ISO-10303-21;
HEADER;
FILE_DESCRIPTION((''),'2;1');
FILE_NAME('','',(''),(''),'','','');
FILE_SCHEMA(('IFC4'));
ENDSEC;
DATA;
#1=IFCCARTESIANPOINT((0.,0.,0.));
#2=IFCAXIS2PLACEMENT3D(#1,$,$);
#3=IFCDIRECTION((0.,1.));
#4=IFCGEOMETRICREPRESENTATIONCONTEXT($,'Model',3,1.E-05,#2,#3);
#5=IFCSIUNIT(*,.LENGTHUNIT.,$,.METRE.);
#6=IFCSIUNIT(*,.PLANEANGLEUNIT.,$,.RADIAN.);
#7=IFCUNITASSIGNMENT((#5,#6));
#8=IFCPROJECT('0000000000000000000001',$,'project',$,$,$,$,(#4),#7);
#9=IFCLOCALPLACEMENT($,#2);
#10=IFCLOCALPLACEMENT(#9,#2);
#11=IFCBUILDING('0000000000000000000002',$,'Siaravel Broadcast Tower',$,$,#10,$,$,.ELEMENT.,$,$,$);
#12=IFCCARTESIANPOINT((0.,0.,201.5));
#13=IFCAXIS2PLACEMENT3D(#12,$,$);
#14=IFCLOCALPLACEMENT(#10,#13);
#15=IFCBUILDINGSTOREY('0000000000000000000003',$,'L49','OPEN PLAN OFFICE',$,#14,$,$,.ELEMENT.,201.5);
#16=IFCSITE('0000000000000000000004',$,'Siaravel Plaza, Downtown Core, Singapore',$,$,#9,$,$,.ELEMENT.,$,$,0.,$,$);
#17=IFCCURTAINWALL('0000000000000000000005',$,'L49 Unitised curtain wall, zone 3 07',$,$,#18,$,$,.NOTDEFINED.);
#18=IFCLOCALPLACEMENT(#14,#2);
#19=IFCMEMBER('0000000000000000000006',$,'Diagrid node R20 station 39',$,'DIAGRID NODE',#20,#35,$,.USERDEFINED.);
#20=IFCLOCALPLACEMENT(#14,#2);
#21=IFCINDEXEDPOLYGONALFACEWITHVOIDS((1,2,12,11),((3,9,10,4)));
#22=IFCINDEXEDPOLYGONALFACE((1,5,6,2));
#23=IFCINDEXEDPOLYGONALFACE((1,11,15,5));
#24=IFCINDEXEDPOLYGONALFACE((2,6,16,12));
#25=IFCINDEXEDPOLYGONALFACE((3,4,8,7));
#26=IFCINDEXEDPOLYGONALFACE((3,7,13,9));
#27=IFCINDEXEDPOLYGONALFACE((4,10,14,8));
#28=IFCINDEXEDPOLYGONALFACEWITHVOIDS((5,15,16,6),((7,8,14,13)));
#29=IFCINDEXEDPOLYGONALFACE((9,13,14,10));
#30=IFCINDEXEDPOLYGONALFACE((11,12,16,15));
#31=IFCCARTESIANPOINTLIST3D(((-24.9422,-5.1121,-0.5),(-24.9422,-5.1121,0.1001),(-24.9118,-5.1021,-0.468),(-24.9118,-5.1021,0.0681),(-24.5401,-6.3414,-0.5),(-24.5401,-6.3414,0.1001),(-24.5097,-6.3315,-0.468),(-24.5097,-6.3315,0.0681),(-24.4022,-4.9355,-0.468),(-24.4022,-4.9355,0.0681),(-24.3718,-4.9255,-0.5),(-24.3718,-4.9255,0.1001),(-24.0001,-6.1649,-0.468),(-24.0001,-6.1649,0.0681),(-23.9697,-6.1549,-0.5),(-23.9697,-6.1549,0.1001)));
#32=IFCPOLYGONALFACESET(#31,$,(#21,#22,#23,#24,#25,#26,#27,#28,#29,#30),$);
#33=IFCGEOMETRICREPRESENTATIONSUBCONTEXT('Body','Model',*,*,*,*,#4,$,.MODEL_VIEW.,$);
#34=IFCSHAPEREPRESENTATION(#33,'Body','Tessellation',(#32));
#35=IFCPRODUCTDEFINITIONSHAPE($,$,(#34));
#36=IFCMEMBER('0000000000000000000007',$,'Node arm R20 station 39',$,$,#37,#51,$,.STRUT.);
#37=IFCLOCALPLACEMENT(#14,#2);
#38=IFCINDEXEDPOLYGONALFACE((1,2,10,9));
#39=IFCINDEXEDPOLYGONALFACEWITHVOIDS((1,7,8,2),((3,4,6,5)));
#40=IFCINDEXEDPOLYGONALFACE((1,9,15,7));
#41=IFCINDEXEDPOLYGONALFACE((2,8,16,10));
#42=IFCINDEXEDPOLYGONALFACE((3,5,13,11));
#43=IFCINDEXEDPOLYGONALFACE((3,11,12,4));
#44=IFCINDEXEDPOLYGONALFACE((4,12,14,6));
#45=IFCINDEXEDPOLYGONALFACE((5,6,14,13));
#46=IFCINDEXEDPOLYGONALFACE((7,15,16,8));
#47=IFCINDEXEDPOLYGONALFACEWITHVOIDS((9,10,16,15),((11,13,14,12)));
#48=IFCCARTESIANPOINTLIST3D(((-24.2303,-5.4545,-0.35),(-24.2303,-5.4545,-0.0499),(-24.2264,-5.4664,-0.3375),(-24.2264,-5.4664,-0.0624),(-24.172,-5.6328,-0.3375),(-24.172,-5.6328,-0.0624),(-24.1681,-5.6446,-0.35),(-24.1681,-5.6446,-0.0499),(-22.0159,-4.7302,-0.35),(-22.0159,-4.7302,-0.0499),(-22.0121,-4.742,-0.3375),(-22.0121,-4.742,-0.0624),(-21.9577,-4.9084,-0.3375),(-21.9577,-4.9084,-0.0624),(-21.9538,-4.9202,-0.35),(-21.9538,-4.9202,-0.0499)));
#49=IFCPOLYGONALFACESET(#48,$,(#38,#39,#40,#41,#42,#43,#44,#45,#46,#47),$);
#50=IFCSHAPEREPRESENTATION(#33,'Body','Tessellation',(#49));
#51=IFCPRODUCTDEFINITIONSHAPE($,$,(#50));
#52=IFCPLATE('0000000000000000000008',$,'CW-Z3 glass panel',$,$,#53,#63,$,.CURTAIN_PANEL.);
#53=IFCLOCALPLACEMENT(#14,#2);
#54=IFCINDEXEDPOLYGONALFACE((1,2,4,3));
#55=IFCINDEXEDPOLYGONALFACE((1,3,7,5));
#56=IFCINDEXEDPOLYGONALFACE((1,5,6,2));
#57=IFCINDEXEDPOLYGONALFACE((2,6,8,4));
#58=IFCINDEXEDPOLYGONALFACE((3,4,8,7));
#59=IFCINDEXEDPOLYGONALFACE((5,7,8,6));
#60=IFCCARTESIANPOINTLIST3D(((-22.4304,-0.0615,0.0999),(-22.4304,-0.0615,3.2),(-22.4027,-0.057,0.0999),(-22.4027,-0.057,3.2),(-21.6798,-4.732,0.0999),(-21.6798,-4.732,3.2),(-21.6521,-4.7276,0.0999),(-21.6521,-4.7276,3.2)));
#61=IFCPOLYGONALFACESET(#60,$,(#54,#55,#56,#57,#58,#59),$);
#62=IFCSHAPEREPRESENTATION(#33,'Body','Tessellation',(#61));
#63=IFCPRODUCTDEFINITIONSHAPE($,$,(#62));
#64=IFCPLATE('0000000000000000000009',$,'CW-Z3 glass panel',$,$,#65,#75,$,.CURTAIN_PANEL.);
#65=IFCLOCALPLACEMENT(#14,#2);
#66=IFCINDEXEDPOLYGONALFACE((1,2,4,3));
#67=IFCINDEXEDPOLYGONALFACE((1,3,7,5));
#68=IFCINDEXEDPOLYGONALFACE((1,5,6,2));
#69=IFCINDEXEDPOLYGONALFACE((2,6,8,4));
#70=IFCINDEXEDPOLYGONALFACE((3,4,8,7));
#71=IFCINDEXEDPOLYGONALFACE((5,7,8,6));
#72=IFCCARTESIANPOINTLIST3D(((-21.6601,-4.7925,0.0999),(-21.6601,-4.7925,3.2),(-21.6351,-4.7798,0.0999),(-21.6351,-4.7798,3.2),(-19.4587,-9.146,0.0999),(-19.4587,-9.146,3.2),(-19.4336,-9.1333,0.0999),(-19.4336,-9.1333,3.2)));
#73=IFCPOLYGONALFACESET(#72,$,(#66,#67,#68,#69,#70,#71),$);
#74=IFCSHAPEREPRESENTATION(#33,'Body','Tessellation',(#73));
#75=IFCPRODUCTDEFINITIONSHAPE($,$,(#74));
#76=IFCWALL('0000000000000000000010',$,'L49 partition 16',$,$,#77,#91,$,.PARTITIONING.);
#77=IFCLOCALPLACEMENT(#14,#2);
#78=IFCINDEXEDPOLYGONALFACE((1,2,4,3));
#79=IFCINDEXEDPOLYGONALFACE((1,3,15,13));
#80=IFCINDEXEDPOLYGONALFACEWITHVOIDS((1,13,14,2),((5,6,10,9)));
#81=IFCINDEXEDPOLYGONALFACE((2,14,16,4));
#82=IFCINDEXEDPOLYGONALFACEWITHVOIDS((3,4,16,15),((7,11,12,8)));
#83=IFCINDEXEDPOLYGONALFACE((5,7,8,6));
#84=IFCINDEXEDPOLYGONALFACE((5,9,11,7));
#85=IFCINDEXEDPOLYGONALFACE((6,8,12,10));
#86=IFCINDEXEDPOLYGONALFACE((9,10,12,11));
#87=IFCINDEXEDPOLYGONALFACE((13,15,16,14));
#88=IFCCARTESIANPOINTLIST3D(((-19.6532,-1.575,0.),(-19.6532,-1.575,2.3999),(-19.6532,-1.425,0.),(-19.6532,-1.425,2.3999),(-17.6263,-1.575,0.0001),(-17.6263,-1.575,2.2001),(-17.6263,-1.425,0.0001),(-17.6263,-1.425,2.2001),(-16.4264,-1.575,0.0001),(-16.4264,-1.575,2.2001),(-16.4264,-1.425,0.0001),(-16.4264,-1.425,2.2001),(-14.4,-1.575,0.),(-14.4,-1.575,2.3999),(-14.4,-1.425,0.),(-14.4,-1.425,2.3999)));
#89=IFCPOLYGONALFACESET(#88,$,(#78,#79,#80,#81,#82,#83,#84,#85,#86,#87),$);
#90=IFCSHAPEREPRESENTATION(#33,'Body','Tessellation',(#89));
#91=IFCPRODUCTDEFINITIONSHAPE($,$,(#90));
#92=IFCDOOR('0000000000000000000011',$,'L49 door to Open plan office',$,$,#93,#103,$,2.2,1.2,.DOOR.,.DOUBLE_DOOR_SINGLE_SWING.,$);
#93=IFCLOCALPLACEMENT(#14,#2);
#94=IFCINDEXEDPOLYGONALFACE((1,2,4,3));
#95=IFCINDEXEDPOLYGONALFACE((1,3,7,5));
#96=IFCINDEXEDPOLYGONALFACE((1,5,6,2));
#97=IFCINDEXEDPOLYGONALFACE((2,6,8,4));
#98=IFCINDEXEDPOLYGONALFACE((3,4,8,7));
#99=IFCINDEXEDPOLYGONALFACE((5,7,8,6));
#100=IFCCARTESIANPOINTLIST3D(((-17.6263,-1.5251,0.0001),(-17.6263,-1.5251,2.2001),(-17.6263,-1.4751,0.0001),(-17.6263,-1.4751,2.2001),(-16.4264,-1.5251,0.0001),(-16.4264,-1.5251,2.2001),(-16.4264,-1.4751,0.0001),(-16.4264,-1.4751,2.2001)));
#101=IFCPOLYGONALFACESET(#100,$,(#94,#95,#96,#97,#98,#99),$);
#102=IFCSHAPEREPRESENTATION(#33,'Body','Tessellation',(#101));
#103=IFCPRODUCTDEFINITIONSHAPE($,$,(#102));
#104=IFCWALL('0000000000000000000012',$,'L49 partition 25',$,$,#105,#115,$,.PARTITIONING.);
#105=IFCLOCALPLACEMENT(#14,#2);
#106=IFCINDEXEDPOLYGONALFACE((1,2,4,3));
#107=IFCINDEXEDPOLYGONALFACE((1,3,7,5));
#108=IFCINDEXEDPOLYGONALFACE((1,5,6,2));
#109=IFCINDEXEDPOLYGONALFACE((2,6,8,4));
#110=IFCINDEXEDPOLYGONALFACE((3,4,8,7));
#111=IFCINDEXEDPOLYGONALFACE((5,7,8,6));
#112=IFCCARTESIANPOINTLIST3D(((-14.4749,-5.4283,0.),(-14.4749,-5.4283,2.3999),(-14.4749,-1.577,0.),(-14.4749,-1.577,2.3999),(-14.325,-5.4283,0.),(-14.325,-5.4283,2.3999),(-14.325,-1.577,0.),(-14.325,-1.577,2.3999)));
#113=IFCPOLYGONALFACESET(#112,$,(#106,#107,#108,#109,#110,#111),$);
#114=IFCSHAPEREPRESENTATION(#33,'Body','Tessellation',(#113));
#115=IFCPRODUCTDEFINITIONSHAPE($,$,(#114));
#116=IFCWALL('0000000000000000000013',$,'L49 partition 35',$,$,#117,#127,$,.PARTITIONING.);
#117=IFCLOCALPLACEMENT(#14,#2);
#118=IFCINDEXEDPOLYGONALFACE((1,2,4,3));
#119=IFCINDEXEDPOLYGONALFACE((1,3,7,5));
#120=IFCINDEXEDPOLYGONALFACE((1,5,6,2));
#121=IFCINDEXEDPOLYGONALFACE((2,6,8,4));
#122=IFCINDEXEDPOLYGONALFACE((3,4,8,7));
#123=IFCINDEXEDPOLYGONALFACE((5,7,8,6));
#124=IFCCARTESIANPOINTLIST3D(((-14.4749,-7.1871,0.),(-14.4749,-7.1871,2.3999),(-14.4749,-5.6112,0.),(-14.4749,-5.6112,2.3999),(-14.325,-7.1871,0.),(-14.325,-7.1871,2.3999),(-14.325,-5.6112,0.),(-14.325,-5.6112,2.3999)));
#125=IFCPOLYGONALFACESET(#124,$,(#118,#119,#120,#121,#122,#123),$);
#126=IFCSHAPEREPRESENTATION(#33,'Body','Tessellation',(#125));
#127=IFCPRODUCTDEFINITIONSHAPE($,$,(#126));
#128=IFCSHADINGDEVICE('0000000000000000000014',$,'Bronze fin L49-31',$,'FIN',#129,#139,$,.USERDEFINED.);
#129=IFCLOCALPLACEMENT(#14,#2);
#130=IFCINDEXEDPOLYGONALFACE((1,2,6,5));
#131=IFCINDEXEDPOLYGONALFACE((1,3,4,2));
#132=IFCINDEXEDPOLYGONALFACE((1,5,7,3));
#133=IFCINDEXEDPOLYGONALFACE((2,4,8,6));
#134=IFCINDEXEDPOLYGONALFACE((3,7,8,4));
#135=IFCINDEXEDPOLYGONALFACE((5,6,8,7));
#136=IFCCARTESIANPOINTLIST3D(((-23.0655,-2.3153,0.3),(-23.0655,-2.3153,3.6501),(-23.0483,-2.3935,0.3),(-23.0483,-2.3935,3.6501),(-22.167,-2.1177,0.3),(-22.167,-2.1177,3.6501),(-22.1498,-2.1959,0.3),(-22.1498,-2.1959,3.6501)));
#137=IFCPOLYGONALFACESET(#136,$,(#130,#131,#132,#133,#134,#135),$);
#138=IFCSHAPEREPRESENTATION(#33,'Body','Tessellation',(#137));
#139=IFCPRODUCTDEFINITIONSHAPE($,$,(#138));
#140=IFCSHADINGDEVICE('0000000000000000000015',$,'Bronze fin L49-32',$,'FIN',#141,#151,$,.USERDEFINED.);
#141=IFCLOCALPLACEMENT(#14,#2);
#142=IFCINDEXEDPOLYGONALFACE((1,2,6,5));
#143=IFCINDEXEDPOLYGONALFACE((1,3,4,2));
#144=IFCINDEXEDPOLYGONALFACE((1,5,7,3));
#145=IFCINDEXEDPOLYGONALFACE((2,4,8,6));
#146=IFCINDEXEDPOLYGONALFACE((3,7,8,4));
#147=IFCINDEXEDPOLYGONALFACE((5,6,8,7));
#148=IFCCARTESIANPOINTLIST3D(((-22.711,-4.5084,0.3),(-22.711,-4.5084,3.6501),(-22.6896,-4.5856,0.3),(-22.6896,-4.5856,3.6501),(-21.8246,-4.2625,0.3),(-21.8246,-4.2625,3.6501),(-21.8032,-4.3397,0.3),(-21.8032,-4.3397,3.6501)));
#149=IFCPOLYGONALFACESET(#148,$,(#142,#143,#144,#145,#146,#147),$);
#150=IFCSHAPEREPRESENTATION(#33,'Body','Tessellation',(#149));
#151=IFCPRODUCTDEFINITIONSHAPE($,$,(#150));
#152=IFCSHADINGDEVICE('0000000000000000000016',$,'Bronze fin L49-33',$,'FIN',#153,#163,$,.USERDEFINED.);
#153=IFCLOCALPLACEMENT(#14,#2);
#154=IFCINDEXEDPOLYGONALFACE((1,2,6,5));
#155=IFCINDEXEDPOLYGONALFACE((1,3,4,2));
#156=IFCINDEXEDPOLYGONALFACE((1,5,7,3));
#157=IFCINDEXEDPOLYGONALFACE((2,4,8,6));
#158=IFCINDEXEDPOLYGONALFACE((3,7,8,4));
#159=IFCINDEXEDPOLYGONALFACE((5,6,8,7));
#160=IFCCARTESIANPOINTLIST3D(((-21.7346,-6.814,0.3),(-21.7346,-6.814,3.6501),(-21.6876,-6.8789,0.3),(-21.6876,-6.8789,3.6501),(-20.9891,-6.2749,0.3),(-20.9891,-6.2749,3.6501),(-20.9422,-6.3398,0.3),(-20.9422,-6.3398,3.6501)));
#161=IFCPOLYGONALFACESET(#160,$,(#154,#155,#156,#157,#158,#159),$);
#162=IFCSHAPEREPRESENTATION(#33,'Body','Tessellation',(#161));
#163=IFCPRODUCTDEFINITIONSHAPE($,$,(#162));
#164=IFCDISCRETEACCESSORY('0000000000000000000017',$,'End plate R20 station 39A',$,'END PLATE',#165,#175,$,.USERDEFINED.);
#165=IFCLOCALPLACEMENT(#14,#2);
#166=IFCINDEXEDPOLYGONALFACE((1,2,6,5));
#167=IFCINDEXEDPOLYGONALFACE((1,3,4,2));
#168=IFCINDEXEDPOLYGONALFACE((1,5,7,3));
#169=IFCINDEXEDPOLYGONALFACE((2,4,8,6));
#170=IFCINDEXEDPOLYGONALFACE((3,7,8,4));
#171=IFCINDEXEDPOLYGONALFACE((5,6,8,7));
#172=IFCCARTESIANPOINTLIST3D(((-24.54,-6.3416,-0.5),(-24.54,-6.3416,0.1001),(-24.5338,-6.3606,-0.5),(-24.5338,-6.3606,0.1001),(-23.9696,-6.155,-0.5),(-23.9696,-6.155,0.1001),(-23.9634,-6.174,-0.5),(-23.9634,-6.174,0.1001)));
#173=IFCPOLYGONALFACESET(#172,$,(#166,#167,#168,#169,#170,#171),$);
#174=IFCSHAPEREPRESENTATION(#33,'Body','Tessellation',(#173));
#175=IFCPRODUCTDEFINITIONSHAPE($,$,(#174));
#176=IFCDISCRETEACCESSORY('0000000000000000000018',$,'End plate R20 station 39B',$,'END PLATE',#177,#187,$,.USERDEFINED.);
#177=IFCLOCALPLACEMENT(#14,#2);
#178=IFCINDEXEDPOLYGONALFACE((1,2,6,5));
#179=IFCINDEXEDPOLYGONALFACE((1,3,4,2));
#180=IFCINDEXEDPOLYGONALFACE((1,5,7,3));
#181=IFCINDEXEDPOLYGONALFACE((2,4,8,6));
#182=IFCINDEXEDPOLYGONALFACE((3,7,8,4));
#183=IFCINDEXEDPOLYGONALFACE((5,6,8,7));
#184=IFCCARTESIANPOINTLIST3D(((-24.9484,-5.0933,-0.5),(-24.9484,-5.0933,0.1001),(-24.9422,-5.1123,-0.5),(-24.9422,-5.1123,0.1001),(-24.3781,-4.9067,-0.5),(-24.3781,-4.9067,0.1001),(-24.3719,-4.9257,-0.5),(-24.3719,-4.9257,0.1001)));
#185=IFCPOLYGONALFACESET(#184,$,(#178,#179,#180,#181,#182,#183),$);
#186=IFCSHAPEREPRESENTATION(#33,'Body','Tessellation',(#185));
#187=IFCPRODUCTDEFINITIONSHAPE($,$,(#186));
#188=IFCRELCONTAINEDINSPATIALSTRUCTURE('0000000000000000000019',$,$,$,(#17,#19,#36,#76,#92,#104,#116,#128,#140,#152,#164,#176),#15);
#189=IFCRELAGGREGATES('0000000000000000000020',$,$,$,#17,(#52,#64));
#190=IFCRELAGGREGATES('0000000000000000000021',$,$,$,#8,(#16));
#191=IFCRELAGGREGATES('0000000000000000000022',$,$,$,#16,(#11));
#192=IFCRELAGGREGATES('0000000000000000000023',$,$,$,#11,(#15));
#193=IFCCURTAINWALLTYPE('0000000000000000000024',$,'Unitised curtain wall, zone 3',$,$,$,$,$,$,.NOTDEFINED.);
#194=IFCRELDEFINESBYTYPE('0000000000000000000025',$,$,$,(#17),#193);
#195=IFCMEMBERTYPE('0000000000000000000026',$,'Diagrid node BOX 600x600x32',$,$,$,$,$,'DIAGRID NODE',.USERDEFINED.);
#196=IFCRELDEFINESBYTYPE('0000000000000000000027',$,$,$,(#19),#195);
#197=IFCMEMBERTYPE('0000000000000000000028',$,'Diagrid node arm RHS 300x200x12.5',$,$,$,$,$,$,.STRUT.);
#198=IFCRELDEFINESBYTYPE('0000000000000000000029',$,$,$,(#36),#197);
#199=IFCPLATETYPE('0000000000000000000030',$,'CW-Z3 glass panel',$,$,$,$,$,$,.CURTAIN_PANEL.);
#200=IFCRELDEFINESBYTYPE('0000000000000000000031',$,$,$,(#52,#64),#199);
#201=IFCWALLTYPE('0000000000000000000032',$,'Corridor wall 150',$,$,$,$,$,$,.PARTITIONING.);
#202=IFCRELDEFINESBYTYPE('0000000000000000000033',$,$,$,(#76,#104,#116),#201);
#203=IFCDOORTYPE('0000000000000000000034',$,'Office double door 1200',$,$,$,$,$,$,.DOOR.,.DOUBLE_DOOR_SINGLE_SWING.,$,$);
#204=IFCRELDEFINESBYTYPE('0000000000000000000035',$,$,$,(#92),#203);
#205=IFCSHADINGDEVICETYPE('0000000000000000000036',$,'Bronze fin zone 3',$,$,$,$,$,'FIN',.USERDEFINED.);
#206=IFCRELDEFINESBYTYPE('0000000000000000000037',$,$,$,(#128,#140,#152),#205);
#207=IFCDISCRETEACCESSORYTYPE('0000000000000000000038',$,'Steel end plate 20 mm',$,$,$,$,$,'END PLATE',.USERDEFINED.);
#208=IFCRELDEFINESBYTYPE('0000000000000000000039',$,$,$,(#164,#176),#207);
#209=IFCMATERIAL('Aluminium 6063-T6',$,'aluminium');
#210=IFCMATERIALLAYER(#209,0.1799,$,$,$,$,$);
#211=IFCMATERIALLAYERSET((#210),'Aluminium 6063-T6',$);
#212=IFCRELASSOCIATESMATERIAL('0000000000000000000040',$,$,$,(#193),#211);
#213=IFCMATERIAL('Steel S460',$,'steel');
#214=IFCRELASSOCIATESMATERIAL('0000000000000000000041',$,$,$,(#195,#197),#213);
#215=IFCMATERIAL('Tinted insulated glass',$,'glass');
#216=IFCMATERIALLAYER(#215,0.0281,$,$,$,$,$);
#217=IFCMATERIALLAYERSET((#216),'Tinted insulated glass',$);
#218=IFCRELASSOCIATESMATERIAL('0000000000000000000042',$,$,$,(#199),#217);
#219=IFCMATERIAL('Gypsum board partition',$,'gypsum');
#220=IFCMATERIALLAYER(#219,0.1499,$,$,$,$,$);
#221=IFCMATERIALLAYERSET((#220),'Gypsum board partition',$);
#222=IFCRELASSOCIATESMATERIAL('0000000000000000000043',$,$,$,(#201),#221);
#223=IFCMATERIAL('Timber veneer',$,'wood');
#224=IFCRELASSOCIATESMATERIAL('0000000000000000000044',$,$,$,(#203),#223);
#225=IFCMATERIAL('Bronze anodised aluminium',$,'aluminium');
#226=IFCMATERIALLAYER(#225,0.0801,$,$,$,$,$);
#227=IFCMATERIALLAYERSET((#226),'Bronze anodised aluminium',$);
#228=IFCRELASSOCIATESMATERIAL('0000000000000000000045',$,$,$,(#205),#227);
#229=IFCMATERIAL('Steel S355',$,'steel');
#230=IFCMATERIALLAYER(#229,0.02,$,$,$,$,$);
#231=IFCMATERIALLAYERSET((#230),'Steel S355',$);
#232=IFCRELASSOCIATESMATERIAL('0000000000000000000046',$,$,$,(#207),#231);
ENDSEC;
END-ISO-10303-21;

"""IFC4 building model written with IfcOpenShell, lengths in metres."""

from ifc_helpers import new_model, si_unit, direction, frame, frame_2d, origin, origin_2d, place, context, subcontext, project, spatial, rectangle, hollow_rectangle, extrude, material, layer, layer_set, material_profile, profile_set, type_object, element, fill, aggregate, save


model = new_model("IFC4")

# Units and contexts
model_context = context("Model", 3, precision=1e-05, world=origin(), true_north=direction((0.0, 1.0)))
body_context = subcontext(model_context, "Body", "Model", "MODEL_VIEW")
ifc_project = project(units=[si_unit("LENGTHUNIT", "METRE"), si_unit("PLANEANGLEUNIT", "RADIAN")], contexts=[model_context])

# Site, building, storey
site_placement = place(None, origin())
site = spatial("IfcSite", under=ifc_project, at=site_placement, Name="Siaravel Plaza, Downtown Core, Singapore", CompositionType="ELEMENT", RefElevation=0.0)
building_placement = place(site_placement, origin())
building = spatial("IfcBuilding", under=site, at=building_placement, Name="Siaravel Broadcast Tower", CompositionType="ELEMENT")
storey_placement = place(building_placement, frame((0.0, 0.0, 201.5)))
storey = spatial("IfcBuildingStorey", under=building, at=storey_placement, Name="L49", Description="OPEN PLAN OFFICE", CompositionType="ELEMENT", Elevation=201.5)

# Shared definitions
ifc_material_1 = material(Name="Steel S355", Category="steel")

# Curtain wall
ifc_material_2 = material(Name="Aluminium 6063-T6", Category="aluminium")
ifc_layer_1 = layer(ifc_material_2, 0.1799)
ifc_layer_set_1 = layer_set([ifc_layer_1], Name="Aluminium 6063-T6")
curtain_wall_type = type_object("IfcCurtainWallType", Name="Unitised curtain wall, zone 3", PredefinedType="NOTDEFINED", material=ifc_layer_set_1)
curtain_wall_placement = place(storey_placement, origin())
curtain_wall = element("IfcCurtainWall", 1, at=curtain_wall_placement, inside=storey, type_object=curtain_wall_type, Name="L49 Unitised curtain wall, zone 3 07", PredefinedType="NOTDEFINED")

# Members
ifc_material_3 = material(Name="Steel S460", Category="steel")
ifc_material_profile_1 = material_profile(ifc_material_3, hollow_rectangle(XDim=0.6001, YDim=0.6001, WallThickness=0.032, at=origin_2d()))
ifc_profile_set_1 = profile_set([ifc_material_profile_1], Name="Steel S460")
member_type_1 = type_object("IfcMemberType", Name="Diagrid node BOX 600x600x32", ElementType="DIAGRID NODE", PredefinedType="USERDEFINED", material=ifc_profile_set_1)
member_1_placement = place(storey_placement, frame((-24.657, -5.0188, -0.2), z_axis=(0.310844, -0.950461, 0.0), x_axis=(0.950461, 0.310844, 0.0)))
element("IfcMember", 2, at=member_1_placement, inside=storey, type_object=member_type_1, Name="Diagrid node R20 station 39", ObjectType="DIAGRID NODE", PredefinedType="USERDEFINED", context=body_context, shape_type="SweptSolid", body=[
    extrude(hollow_rectangle(XDim=0.6001, YDim=0.6001, WallThickness=0.032, at=origin_2d()), origin(), (0.0, 0.0, 1.0), 1.2935),
])
ifc_material_profile_2 = material_profile(ifc_material_3, hollow_rectangle(XDim=0.2, YDim=0.3, WallThickness=0.0125, at=origin_2d()))
ifc_profile_set_2 = profile_set([ifc_material_profile_2], Name="Steel S460")
member_type_2 = type_object("IfcMemberType", Name="Diagrid node arm RHS 300x200x12.5", PredefinedType="STRUT", material=ifc_profile_set_2)
member_2_placement = place(storey_placement, frame((-21.9849, -4.8252, -0.2), z_axis=(-0.950439, -0.31091, 0.0), x_axis=(0.31091, -0.950439, 0.0)))
element("IfcMember", 3, at=member_2_placement, inside=storey, type_object=member_type_2, Name="Node arm R20 station 39", PredefinedType="STRUT", context=body_context, shape_type="SweptSolid", body=[
    extrude(hollow_rectangle(XDim=0.2, YDim=0.3, WallThickness=0.0125, at=origin_2d()), origin(), (0.0, 0.0, 1.0), 2.3298),
])

# Plates
ifc_material_4 = material(Name="Tinted insulated glass", Category="glass")
ifc_layer_2 = layer(ifc_material_4, 0.0281)
ifc_layer_set_2 = layer_set([ifc_layer_2], Name="Tinted insulated glass")
plate_type = type_object("IfcPlateType", Name="CW-Z3 glass panel", PredefinedType="CURTAIN_PANEL", material=ifc_layer_set_2)
plate_1_placement = place(storey_placement, frame((-22.0413, -2.3945, 0.0999), z_axis=(0.0, 0.0, 1.0), x_axis=(0.158685, -0.987329, 0.0)))
plate_1 = element("IfcPlate", 4, at=plate_1_placement, type_object=plate_type, Name="CW-Z3 glass panel", PredefinedType="CURTAIN_PANEL", context=body_context, shape_type="SweptSolid", body=[
    extrude(rectangle(XDim=4.7305, YDim=0.0281, at=origin_2d()), origin(), (0.0, 0.0, 1.0), 3.1001),
])
plate_2_placement = place(storey_placement, frame((-20.5469, -6.9629, 0.0999), z_axis=(0.0, 0.0, 1.0), x_axis=(0.451259, -0.892393, 0.0)))
plate_2 = element("IfcPlate", 5, at=plate_2_placement, type_object=plate_type, Name="CW-Z3 glass panel", PredefinedType="CURTAIN_PANEL", context=body_context, shape_type="SweptSolid", body=[
    extrude(rectangle(XDim=4.8784, YDim=0.0281, at=origin_2d()), origin(), (0.0, 0.0, 1.0), 3.1001),
])
aggregate(curtain_wall, [plate_1, plate_2])

# Wall, opening, door
ifc_material_5 = material(Name="Gypsum board partition", Category="gypsum")
ifc_layer_3 = layer(ifc_material_5, 0.1499)
ifc_layer_set_3 = layer_set([ifc_layer_3], Name="Gypsum board partition")
wall_type = type_object("IfcWallType", Name="Corridor wall 150", PredefinedType="PARTITIONING", material=ifc_layer_set_3)
wall_1_placement = place(storey_placement, frame((-19.6531, -1.5, 0.0), z_axis=(0.0, 0.0, 1.0), x_axis=(1.0, 0.0, 0.0)))
wall_1 = element("IfcWall", 6, at=wall_1_placement, inside=storey, type_object=wall_type, Name="L49 partition 16", PredefinedType="PARTITIONING", context=body_context, shape_type="SweptSolid", body=[
    extrude(rectangle(XDim=5.2532, YDim=0.1499, at=frame_2d((2.6265, 0.0))), origin(), (0.0, 0.0, 1.0), 2.3999),
])
opening_placement = place(wall_1_placement, frame((2.0266, 0.0, 0.0)))
opening = element("IfcOpeningElement", 7, at=opening_placement, cuts=wall_1, PredefinedType="OPENING", context=body_context, shape_type="SweptSolid", body=[
    extrude(rectangle(XDim=1.2, YDim=2.2, at=frame_2d((0.6001, 1.1001))), frame((0.0, 0.085, 0.0), z_axis=(0.0, -1.0, 0.0), x_axis=(1.0, 0.0, 0.0)), (0.0, 0.0, 1.0), 0.1699),
])
ifc_material_6 = material(Name="Timber veneer", Category="wood")
door_type = type_object("IfcDoorType", Name="Office double door 1200", OperationType="DOUBLE_DOOR_SINGLE_SWING", PredefinedType="DOOR", material=ifc_material_6)
door_placement = place(opening_placement, origin())
door = element("IfcDoor", 8, at=door_placement, inside=storey, type_object=door_type, Name="L49 door to Open plan office", OperationType="DOUBLE_DOOR_SINGLE_SWING", OverallHeight=2.2, OverallWidth=1.2, PredefinedType="DOOR", context=body_context, shape_type="SweptSolid", body=[
    extrude(rectangle(XDim=1.2, YDim=2.2, at=frame_2d((0.6001, 1.1001))), frame((0.0, 0.0249, 0.0), z_axis=(0.0, -1.0, 0.0), x_axis=(1.0, 0.0, 0.0)), (0.0, 0.0, 1.0), 0.05),
])
fill(opening, door)

# Walls
wall_2_placement = place(storey_placement, frame((-14.3999, -1.5769, 0.0), z_axis=(0.0, 0.0, 1.0), x_axis=(0.0, -1.0, 0.0)))
element("IfcWall", 9, at=wall_2_placement, inside=storey, type_object=wall_type, Name="L49 partition 25", PredefinedType="PARTITIONING", context=body_context, shape_type="SweptSolid", body=[
    extrude(rectangle(XDim=3.8513, YDim=0.1499, at=frame_2d((1.9258, 0.0))), origin(), (0.0, 0.0, 1.0), 2.3999),
])
wall_3_placement = place(storey_placement, frame((-14.3999, -5.6111, 0.0), z_axis=(0.0, 0.0, 1.0), x_axis=(0.0, -1.0, 0.0)))
element("IfcWall", 10, at=wall_3_placement, inside=storey, type_object=wall_type, Name="L49 partition 35", PredefinedType="PARTITIONING", context=body_context, shape_type="SweptSolid", body=[
    extrude(rectangle(XDim=1.5759, YDim=0.1499, at=frame_2d((0.7881, 0.0))), origin(), (0.0, 0.0, 1.0), 2.3999),
])

# Shading devices
ifc_material_7 = material(Name="Bronze anodised aluminium", Category="aluminium")
ifc_layer_4 = layer(ifc_material_7, 0.0801)
ifc_layer_set_4 = layer_set([ifc_layer_4], Name="Bronze anodised aluminium")
shading_device_type = type_object("IfcShadingDeviceType", Name="Bronze fin zone 3", ElementType="FIN", PredefinedType="USERDEFINED", material=ifc_layer_set_4)
for number, where, z_axis, x_axis, name in (
    (11, (-22.6077, -2.2556, 0.3), (0.0, 0.0, 1.0), (-0.976657, -0.214805, 0.0), "Bronze fin L49-31"),
    (12, (-22.2571, -4.4241, 0.3), (0.0, 0.0, 1.0), (-0.963607, -0.267324, 0.0), "Bronze fin L49-32"),
    (13, (-21.3384, -6.5769, 0.3), (0.0, 0.0, 1.0), (-0.810347, -0.585951, 0.0), "Bronze fin L49-33"),
):
    element("IfcShadingDevice", number, at=place(storey_placement, frame(where, z_axis=z_axis, x_axis=x_axis)), inside=storey, type_object=shading_device_type, Name=name, ObjectType="FIN", PredefinedType="USERDEFINED", context=body_context, shape_type="SweptSolid", body=[
        extrude(rectangle(XDim=0.9199, YDim=0.0801, at=origin_2d()), origin(), (0.0, 0.0, 1.0), 3.3501),
    ])

# Discrete accessories
ifc_layer_5 = layer(ifc_material_1, 0.02)
ifc_layer_set_5 = layer_set([ifc_layer_5], Name="Steel S355")
discrete_accessory_type = type_object("IfcDiscreteAccessoryType", Name="Steel end plate 20 mm", ElementType="END PLATE", PredefinedType="USERDEFINED", material=ifc_layer_set_5)
for number, where, z_axis, x_axis, name in (
    (14, (-24.2517, -6.2578, -0.5), (0.0, 0.0, 1.0), (0.31091, -0.950439, 0.0), "End plate R20 station 39A"),
    (15, (-24.6602, -5.0095, -0.5), (0.0, 0.0, 1.0), (0.31091, -0.950439, 0.0), "End plate R20 station 39B"),
):
    element("IfcDiscreteAccessory", number, at=place(storey_placement, frame(where, z_axis=z_axis, x_axis=x_axis)), inside=storey, type_object=discrete_accessory_type, Name=name, ObjectType="END PLATE", PredefinedType="USERDEFINED", context=body_context, shape_type="SweptSolid", body=[
        extrude(rectangle(XDim=0.02, YDim=0.6001, at=origin_2d()), origin(), (0.0, 0.0, 1.0), 0.6001),
    ])

save(model, "model.ifc")
